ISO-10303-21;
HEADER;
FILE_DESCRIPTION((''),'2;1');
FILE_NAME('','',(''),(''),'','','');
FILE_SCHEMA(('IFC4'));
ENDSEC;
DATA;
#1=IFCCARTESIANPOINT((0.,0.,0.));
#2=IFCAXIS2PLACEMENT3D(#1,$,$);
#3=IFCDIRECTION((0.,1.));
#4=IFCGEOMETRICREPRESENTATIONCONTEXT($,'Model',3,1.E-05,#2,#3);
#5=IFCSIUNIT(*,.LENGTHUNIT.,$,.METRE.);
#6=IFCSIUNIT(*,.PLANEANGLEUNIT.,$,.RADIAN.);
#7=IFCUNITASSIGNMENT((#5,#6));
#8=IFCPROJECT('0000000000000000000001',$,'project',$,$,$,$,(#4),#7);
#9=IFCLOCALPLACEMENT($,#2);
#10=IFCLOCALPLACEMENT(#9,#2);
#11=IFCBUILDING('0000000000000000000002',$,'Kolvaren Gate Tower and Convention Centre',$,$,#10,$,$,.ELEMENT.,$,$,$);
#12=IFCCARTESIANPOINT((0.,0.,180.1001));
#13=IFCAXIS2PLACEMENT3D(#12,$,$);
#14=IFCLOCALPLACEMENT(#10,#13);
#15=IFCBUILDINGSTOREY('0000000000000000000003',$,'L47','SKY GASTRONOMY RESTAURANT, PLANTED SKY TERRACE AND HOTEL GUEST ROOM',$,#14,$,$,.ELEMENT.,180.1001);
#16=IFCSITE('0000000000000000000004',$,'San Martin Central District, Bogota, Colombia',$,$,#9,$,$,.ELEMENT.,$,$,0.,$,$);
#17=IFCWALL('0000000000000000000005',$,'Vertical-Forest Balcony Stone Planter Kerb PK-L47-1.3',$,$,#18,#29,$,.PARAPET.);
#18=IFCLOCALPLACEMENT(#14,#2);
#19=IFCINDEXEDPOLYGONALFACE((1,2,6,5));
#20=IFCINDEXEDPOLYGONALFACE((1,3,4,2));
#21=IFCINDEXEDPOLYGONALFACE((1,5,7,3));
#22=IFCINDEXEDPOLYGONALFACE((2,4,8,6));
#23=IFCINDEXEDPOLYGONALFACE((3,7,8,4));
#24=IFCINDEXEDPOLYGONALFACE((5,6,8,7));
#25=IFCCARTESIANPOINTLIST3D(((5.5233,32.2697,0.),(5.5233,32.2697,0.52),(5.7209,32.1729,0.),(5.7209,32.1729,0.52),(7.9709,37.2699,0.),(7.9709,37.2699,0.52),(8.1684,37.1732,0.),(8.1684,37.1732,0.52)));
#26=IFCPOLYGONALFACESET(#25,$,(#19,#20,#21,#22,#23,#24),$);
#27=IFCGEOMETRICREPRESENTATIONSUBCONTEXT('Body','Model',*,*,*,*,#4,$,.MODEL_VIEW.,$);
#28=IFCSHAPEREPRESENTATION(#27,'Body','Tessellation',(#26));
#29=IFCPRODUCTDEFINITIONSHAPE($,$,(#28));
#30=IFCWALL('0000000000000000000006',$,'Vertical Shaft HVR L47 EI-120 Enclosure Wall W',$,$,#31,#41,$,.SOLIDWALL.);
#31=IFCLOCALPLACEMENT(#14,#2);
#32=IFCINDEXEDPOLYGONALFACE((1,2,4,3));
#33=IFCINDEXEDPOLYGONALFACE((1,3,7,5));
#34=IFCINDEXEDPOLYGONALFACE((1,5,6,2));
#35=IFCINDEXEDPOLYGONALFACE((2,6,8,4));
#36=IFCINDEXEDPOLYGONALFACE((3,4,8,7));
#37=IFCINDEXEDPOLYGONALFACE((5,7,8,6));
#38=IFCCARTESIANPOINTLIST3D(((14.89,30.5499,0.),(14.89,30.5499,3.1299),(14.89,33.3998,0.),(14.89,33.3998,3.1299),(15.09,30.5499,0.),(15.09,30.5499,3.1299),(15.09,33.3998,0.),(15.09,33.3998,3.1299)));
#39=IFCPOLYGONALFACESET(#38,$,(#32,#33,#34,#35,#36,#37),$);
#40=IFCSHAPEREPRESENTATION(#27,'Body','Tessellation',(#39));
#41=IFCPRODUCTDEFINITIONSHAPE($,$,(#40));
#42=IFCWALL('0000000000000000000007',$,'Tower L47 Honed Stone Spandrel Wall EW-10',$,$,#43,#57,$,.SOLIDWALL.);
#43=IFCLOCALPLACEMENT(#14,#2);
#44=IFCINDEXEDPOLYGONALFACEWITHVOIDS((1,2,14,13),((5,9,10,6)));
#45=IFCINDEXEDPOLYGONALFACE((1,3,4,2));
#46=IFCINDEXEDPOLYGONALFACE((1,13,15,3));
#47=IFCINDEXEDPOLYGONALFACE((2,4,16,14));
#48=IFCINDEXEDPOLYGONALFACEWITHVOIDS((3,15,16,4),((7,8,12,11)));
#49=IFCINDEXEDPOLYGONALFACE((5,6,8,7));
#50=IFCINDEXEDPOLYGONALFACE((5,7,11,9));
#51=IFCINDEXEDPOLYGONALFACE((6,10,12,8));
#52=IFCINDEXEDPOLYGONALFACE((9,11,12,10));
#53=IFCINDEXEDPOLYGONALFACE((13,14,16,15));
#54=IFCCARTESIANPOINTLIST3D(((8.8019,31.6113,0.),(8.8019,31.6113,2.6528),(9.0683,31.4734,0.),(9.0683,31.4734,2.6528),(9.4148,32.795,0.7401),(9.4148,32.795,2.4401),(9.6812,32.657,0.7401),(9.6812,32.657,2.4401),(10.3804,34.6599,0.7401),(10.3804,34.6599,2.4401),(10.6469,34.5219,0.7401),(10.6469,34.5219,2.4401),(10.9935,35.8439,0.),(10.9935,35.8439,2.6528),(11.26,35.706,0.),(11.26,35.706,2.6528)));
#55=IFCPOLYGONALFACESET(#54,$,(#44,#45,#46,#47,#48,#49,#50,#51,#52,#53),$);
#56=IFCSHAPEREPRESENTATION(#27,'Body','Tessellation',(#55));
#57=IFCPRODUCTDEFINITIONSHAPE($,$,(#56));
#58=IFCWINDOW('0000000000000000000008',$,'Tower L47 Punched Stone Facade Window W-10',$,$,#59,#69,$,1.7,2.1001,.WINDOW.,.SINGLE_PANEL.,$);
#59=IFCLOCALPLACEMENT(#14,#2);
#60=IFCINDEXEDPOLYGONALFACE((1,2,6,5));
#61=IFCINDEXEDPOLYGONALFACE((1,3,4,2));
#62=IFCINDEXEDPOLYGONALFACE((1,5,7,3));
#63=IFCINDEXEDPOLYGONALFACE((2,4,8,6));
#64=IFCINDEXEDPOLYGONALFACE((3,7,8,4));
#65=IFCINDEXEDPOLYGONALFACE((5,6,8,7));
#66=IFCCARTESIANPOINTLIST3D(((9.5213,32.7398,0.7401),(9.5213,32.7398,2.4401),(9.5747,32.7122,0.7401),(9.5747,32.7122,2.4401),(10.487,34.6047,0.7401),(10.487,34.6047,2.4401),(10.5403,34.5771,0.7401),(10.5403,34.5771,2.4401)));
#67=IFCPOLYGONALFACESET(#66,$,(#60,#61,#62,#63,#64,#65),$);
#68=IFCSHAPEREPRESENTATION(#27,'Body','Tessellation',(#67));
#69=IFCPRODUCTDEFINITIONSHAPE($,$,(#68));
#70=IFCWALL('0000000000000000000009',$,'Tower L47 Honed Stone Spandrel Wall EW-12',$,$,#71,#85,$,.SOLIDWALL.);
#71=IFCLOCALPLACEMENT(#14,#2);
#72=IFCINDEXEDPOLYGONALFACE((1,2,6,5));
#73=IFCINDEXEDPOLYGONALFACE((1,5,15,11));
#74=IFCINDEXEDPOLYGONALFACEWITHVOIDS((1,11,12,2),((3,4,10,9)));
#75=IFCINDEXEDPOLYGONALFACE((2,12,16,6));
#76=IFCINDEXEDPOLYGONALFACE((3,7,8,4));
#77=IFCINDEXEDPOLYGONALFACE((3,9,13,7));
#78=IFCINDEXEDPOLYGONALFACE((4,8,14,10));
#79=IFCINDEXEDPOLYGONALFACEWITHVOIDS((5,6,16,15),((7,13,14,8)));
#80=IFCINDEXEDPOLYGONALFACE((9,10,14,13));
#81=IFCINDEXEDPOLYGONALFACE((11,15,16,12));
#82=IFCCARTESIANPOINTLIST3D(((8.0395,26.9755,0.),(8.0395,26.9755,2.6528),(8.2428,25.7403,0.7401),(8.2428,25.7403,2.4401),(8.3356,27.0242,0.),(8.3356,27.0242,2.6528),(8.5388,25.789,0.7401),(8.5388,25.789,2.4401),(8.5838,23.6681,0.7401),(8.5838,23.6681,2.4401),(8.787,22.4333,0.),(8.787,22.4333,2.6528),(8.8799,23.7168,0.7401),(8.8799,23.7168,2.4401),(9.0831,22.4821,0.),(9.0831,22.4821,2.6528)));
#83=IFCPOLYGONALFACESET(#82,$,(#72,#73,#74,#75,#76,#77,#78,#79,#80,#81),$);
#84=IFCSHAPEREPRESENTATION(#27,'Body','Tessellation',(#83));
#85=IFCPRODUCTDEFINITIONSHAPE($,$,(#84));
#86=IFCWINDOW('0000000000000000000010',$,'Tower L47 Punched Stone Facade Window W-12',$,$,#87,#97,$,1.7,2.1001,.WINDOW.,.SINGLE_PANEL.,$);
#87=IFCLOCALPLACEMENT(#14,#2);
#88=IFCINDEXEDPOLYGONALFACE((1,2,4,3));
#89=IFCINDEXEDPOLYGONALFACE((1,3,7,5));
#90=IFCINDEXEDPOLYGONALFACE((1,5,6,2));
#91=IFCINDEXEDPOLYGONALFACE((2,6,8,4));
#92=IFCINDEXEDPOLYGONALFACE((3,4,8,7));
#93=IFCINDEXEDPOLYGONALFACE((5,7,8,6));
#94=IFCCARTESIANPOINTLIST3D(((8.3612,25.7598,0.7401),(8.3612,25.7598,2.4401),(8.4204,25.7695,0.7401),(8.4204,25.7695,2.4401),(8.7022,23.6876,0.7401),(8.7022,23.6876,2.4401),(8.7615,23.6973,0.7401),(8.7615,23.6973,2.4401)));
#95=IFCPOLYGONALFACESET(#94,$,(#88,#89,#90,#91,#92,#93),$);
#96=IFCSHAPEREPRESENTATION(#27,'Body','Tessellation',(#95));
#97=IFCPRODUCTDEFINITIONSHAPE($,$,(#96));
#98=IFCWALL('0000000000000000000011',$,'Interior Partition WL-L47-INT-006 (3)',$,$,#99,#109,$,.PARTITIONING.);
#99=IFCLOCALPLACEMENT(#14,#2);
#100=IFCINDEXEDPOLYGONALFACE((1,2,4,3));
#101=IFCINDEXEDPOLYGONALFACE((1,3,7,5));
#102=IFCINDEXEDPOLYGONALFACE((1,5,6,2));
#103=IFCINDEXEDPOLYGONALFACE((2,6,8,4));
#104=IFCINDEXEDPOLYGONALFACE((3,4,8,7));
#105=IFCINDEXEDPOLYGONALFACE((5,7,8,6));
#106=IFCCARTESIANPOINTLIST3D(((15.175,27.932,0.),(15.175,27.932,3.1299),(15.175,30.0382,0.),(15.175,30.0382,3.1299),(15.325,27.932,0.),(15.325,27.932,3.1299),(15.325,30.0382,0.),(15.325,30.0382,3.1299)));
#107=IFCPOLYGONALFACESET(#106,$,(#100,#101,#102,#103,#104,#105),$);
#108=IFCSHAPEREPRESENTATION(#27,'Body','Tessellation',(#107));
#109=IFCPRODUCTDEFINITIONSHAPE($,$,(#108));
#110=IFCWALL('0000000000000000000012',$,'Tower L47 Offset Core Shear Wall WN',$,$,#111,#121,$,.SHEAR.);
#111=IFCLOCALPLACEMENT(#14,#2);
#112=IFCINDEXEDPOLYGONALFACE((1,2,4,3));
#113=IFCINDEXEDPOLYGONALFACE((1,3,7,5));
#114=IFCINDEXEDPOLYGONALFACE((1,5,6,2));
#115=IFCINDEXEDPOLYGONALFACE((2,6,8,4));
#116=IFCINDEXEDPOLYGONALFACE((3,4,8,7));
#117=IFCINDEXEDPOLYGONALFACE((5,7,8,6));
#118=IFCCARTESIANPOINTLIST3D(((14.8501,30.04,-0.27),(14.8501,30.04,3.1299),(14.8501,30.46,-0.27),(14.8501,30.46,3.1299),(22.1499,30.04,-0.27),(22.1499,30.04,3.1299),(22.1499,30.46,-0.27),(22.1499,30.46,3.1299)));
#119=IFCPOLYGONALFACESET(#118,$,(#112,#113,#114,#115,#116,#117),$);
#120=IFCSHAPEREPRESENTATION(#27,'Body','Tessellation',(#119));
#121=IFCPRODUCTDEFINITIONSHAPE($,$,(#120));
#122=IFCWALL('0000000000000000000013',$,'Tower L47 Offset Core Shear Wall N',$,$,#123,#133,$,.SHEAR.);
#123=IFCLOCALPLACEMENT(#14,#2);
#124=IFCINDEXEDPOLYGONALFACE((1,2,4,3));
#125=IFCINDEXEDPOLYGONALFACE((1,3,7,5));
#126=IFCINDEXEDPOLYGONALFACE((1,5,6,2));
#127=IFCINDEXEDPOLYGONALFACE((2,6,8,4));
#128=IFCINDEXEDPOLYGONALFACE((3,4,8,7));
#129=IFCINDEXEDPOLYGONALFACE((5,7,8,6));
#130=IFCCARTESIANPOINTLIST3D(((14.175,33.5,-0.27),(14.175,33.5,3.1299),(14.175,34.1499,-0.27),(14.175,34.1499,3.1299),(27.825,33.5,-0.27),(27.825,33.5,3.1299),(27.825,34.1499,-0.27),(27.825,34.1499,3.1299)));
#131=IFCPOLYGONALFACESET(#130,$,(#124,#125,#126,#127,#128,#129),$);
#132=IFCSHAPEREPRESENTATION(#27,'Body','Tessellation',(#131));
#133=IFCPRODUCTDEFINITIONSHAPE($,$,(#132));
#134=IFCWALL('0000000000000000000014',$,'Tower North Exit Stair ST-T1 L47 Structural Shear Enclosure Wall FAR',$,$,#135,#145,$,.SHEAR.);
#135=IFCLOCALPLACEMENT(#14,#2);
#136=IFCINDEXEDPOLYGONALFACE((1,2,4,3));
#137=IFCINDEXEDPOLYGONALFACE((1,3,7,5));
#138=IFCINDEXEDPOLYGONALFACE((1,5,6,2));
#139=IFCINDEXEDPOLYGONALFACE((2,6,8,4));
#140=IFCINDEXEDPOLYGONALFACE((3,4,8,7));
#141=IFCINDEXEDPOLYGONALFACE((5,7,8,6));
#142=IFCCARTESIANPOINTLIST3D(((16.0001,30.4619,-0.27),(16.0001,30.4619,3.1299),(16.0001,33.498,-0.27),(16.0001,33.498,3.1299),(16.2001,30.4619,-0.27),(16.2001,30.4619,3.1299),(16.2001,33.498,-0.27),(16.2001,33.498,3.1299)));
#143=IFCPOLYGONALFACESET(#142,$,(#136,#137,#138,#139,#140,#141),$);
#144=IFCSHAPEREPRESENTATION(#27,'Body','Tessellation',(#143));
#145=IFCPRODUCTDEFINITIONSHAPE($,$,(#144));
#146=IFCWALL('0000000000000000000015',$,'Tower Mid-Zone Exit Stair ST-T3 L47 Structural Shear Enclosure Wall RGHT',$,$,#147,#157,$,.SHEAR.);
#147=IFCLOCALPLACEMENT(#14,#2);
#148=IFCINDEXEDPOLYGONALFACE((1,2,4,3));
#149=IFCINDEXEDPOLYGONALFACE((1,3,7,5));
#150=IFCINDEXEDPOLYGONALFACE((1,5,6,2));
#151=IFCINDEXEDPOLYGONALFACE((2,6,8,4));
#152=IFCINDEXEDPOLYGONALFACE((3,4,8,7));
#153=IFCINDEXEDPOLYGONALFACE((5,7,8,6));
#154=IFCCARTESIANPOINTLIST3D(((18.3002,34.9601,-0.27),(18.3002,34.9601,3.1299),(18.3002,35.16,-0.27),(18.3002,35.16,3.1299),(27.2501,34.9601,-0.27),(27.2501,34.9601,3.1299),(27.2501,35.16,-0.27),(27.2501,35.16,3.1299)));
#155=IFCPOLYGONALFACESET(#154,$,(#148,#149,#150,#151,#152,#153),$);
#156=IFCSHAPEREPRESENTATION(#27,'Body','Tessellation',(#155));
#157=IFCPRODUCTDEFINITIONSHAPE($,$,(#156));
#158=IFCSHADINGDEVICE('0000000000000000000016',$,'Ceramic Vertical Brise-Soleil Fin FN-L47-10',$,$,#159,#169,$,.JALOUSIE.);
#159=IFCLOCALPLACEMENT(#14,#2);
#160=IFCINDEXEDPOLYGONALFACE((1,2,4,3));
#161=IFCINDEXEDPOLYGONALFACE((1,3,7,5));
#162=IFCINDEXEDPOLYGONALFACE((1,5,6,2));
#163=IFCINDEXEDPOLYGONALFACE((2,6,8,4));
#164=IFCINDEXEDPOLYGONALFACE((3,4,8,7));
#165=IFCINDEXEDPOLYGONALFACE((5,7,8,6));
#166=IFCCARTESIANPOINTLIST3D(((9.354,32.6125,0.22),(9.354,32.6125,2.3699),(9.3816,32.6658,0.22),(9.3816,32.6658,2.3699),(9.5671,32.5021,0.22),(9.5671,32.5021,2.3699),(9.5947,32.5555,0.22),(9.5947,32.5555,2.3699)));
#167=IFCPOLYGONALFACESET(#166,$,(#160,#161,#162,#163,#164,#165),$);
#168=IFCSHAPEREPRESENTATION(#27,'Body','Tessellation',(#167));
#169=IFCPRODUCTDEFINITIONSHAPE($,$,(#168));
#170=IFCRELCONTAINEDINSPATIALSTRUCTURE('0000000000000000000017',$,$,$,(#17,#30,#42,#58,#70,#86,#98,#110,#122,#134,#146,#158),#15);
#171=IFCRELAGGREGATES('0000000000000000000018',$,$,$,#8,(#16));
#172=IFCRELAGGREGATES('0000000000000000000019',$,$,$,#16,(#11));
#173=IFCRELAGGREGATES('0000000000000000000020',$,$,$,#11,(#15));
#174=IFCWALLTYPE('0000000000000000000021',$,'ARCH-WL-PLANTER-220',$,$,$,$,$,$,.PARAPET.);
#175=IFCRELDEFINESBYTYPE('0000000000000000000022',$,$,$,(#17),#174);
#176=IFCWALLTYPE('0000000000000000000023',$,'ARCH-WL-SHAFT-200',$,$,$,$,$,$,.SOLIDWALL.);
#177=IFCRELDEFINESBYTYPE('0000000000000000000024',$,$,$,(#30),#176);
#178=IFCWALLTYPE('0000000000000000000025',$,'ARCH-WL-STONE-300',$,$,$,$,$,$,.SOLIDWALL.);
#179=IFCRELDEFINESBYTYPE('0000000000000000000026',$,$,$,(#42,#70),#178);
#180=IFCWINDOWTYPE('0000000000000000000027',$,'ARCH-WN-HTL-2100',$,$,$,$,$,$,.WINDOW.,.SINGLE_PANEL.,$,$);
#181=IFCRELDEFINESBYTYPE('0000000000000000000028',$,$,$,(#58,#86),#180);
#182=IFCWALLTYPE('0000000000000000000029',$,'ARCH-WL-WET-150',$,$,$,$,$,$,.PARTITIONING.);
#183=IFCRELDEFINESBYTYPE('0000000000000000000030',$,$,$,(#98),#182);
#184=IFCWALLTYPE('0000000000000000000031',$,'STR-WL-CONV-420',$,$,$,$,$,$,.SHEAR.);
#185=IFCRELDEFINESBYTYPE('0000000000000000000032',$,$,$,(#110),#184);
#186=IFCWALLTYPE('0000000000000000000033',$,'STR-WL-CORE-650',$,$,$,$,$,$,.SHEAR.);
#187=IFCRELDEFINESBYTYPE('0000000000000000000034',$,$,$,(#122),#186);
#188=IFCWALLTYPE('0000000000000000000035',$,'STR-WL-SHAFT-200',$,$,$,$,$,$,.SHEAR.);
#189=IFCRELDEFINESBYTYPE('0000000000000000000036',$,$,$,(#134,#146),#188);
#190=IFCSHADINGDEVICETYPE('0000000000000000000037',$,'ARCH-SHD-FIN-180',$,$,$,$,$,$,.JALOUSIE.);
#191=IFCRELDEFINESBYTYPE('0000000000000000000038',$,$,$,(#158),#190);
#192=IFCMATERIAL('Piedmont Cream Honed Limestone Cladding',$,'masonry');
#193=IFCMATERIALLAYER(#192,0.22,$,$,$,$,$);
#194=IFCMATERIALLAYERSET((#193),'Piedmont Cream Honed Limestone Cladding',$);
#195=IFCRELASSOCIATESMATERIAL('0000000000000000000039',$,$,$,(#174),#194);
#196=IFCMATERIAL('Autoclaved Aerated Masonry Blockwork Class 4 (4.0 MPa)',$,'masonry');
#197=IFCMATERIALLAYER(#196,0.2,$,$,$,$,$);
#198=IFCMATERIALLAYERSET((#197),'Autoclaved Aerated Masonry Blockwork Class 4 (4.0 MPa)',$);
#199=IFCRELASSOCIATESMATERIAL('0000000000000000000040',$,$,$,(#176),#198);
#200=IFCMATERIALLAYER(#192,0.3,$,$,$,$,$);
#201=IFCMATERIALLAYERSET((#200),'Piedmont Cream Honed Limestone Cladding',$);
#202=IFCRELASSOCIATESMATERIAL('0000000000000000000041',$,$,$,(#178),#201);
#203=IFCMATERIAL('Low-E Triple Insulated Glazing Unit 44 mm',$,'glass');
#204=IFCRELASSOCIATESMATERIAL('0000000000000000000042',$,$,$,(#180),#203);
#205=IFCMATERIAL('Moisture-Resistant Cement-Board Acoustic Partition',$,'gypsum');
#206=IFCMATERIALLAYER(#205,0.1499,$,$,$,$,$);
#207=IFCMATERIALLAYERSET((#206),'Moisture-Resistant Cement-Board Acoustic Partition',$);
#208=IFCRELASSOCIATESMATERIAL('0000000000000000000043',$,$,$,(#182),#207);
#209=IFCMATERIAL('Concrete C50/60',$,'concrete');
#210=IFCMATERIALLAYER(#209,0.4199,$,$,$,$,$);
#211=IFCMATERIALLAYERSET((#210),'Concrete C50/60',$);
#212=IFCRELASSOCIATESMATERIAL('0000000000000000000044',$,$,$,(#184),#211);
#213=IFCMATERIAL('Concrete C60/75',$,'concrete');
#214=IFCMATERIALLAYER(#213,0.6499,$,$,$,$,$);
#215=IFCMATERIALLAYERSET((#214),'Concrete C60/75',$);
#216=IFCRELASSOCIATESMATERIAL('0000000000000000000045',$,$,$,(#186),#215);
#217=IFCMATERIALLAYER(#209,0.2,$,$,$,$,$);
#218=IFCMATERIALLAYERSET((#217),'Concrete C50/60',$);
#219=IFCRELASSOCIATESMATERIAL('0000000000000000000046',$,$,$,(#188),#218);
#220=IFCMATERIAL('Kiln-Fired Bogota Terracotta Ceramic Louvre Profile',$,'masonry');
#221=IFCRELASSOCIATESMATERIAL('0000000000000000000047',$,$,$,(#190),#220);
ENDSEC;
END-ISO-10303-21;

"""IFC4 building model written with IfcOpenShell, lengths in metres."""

from ifc_helpers import new_model, si_unit, direction, frame, frame_2d, origin, origin_2d, place, context, subcontext, project, spatial, rectangle, extrude, material, layer, layer_set, type_object, element, fill, save


model = new_model("IFC4")

# Units and contexts
model_context = context("Model", 3, precision=1e-05, world=origin(), true_north=direction((0.0, 1.0)))
body_context = subcontext(model_context, "Body", "Model", "MODEL_VIEW")
ifc_project = project(units=[si_unit("LENGTHUNIT", "METRE"), si_unit("PLANEANGLEUNIT", "RADIAN")], contexts=[model_context])

# Site, building, storey
site_placement = place(None, origin())
site = spatial("IfcSite", under=ifc_project, at=site_placement, Name="San Martin Central District, Bogota, Colombia", CompositionType="ELEMENT", RefElevation=0.0)
building_placement = place(site_placement, origin())
building = spatial("IfcBuilding", under=site, at=building_placement, Name="Kolvaren Gate Tower and Convention Centre", CompositionType="ELEMENT")
storey_placement = place(building_placement, frame((0.0, 0.0, 180.1001)))
storey = spatial("IfcBuildingStorey", under=building, at=storey_placement, Name="L47", Description="SKY GASTRONOMY RESTAURANT, PLANTED SKY TERRACE AND HOTEL GUEST ROOM", CompositionType="ELEMENT", Elevation=180.1001)

# Shared definitions
ifc_material_1 = material(Name="Concrete C60/75", Category="concrete")

# Shared definitions
ifc_material_2 = material(Name="Autoclaved Aerated Masonry Blockwork Class 4 (4.0 MPa)", Category="masonry")

# Walls
ifc_material_3 = material(Name="Piedmont Cream Honed Limestone Cladding", Category="masonry")
ifc_layer_1 = layer(ifc_material_3, 0.22)
ifc_layer_set_1 = layer_set([ifc_layer_1], Name="Piedmont Cream Honed Limestone Cladding")
wall_type_1 = type_object("IfcWallType", Name="ARCH-WL-PLANTER-220", PredefinedType="PARAPET", material=ifc_layer_set_1)
wall_1_placement = place(storey_placement, frame((5.6221, 32.2212, 0.0), z_axis=(0.0, 0.0, 1.0), x_axis=(0.439637, 0.898175, 0.0)))
element("IfcWall", 1, at=wall_1_placement, inside=storey, type_object=wall_type_1, Name="Vertical-Forest Balcony Stone Planter Kerb PK-L47-1.3", PredefinedType="PARAPET", context=body_context, shape_type="SweptSolid", body=[
    extrude(rectangle(XDim=5.5671, YDim=0.22, at=frame_2d((2.7837, 0.0))), origin(), (0.0, 0.0, 1.0), 0.52),
])
ifc_layer_2 = layer(ifc_material_2, 0.2)
ifc_layer_set_2 = layer_set([ifc_layer_2], Name="Autoclaved Aerated Masonry Blockwork Class 4 (4.0 MPa)")
wall_type_2 = type_object("IfcWallType", Name="ARCH-WL-SHAFT-200", PredefinedType="SOLIDWALL", material=ifc_layer_set_2)
wall_2_placement = place(storey_placement, frame((14.99, 30.55, 0.0), z_axis=(0.0, 0.0, 1.0), x_axis=(0.0, 1.0, 0.0)))
element("IfcWall", 2, at=wall_2_placement, inside=storey, type_object=wall_type_2, Name="Vertical Shaft HVR L47 EI-120 Enclosure Wall W", PredefinedType="SOLIDWALL", context=body_context, shape_type="SweptSolid", body=[
    extrude(rectangle(XDim=2.8499, YDim=0.2, at=frame_2d((1.4248, 0.0))), origin(), (0.0, 0.0, 1.0), 3.1299),
])

# Walls, openings, windows
ifc_layer_3 = layer(ifc_material_3, 0.3)
ifc_layer_set_3 = layer_set([ifc_layer_3], Name="Piedmont Cream Honed Limestone Cladding")
wall_type_3 = type_object("IfcWallType", Name="ARCH-WL-STONE-300", PredefinedType="SOLIDWALL", material=ifc_layer_set_3)
wall_3_placement = place(storey_placement, frame((8.9351, 31.5422, 0.0), z_axis=(0.0, 0.0, 1.0), x_axis=(0.45981, 0.888017, 0.0)))
wall_3 = element("IfcWall", 3, at=wall_3_placement, inside=storey, type_object=wall_type_3, Name="Tower L47 Honed Stone Spandrel Wall EW-10", PredefinedType="SOLIDWALL", context=body_context, shape_type="SweptSolid", body=[
    extrude(rectangle(XDim=4.7664, YDim=0.3, at=frame_2d((2.3833, 0.0))), origin(), (0.0, 0.0, 1.0), 2.6528),
])
opening_1_placement = place(wall_3_placement, frame((1.333, 0.0, 0.74)))
opening_1 = element("IfcOpeningElement", 4, at=opening_1_placement, cuts=wall_3, PredefinedType="OPENING", context=body_context, shape_type="SweptSolid", body=[
    extrude(rectangle(XDim=2.1001, YDim=1.7, at=frame_2d((1.05, 0.8501))), frame((0.0, 0.1599, 0.0), z_axis=(0.0, -1.0, 0.0), x_axis=(1.0, 0.0, 0.0)), (0.0, 0.0, 1.0), 0.3201),
])
ifc_material_4 = material(Name="Low-E Triple Insulated Glazing Unit 44 mm", Category="glass")
window_type = type_object("IfcWindowType", Name="ARCH-WN-HTL-2100", PartitioningType="SINGLE_PANEL", PredefinedType="WINDOW", material=ifc_material_4)
window_1_placement = place(opening_1_placement, origin())
window_1 = element("IfcWindow", 5, at=window_1_placement, inside=storey, type_object=window_type, Name="Tower L47 Punched Stone Facade Window W-10", OverallHeight=1.7, OverallWidth=2.1001, PartitioningType="SINGLE_PANEL", PredefinedType="WINDOW", context=body_context, shape_type="SweptSolid", body=[
    extrude(rectangle(XDim=2.1001, YDim=1.7, at=frame_2d((1.05, 0.8501))), frame((0.0, 0.03, 0.0), z_axis=(0.0, -1.0, 0.0), x_axis=(1.0, 0.0, 0.0)), (0.0, 0.0, 1.0), 0.0601),
])
fill(opening_1, window_1)
wall_4_placement = place(storey_placement, frame((8.1875, 27.0, 0.0), z_axis=(0.0, 0.0, 1.0), x_axis=(0.162395, -0.986726, 0.0)))
wall_4 = element("IfcWall", 6, at=wall_4_placement, inside=storey, type_object=wall_type_3, Name="Tower L47 Honed Stone Spandrel Wall EW-12", PredefinedType="SOLIDWALL", context=body_context, shape_type="SweptSolid", body=[
    extrude(rectangle(XDim=4.6033, YDim=0.3, at=frame_2d((2.3018, 0.0))), origin(), (0.0, 0.0, 1.0), 2.6528),
])
opening_2_placement = place(wall_4_placement, frame((1.252, 0.0, 0.74)))
opening_2 = element("IfcOpeningElement", 7, at=opening_2_placement, cuts=wall_4, PredefinedType="OPENING", context=body_context, shape_type="SweptSolid", body=[
    extrude(rectangle(XDim=2.1001, YDim=1.7, at=frame_2d((1.05, 0.8501))), frame((0.0, 0.1599, 0.0), z_axis=(0.0, -1.0, 0.0), x_axis=(1.0, 0.0, 0.0)), (0.0, 0.0, 1.0), 0.3201),
])
window_2_placement = place(opening_2_placement, origin())
window_2 = element("IfcWindow", 8, at=window_2_placement, inside=storey, type_object=window_type, Name="Tower L47 Punched Stone Facade Window W-12", OverallHeight=1.7, OverallWidth=2.1001, PartitioningType="SINGLE_PANEL", PredefinedType="WINDOW", context=body_context, shape_type="SweptSolid", body=[
    extrude(rectangle(XDim=2.1001, YDim=1.7, at=frame_2d((1.05, 0.8501))), frame((0.0, 0.03, 0.0), z_axis=(0.0, -1.0, 0.0), x_axis=(1.0, 0.0, 0.0)), (0.0, 0.0, 1.0), 0.0601),
])
fill(opening_2, window_2)

# Walls
ifc_material_5 = material(Name="Moisture-Resistant Cement-Board Acoustic Partition", Category="gypsum")
ifc_layer_4 = layer(ifc_material_5, 0.1499)
ifc_layer_set_4 = layer_set([ifc_layer_4], Name="Moisture-Resistant Cement-Board Acoustic Partition")
wall_type_4 = type_object("IfcWallType", Name="ARCH-WL-WET-150", PredefinedType="PARTITIONING", material=ifc_layer_set_4)
wall_5_placement = place(storey_placement, frame((15.25, 27.9319, 0.0), z_axis=(0.0, 0.0, 1.0), x_axis=(0.0, 1.0, 0.0)))
element("IfcWall", 9, at=wall_5_placement, inside=storey, type_object=wall_type_4, Name="Interior Partition WL-L47-INT-006 (3)", PredefinedType="PARTITIONING", context=body_context, shape_type="SweptSolid", body=[
    extrude(rectangle(XDim=2.1062, YDim=0.1499, at=frame_2d((1.0532, 0.0))), origin(), (0.0, 0.0, 1.0), 3.1299),
])
ifc_material_6 = material(Name="Concrete C50/60", Category="concrete")
ifc_layer_5 = layer(ifc_material_6, 0.4199)
ifc_layer_set_5 = layer_set([ifc_layer_5], Name="Concrete C50/60")
wall_type_5 = type_object("IfcWallType", Name="STR-WL-CONV-420", PredefinedType="SHEAR", material=ifc_layer_set_5)
wall_6_placement = place(storey_placement, frame((14.8501, 30.25, -0.27), z_axis=(0.0, 0.0, 1.0), x_axis=(1.0, 0.0, 0.0)))
element("IfcWall", 10, at=wall_6_placement, inside=storey, type_object=wall_type_5, Name="Tower L47 Offset Core Shear Wall WN", PredefinedType="SHEAR", context=body_context, shape_type="SweptSolid", body=[
    extrude(rectangle(XDim=7.2998, YDim=0.4199, at=frame_2d((3.6499, 0.0))), origin(), (0.0, 0.0, 1.0), 3.3999),
])
ifc_layer_6 = layer(ifc_material_1, 0.6499)
ifc_layer_set_6 = layer_set([ifc_layer_6], Name="Concrete C60/75")
wall_type_6 = type_object("IfcWallType", Name="STR-WL-CORE-650", PredefinedType="SHEAR", material=ifc_layer_set_6)
wall_7_placement = place(storey_placement, frame((14.175, 33.825, -0.27), z_axis=(0.0, 0.0, 1.0), x_axis=(1.0, 0.0, 0.0)))
element("IfcWall", 11, at=wall_7_placement, inside=storey, type_object=wall_type_6, Name="Tower L47 Offset Core Shear Wall N", PredefinedType="SHEAR", context=body_context, shape_type="SweptSolid", body=[
    extrude(rectangle(XDim=13.6499, YDim=0.6499, at=frame_2d((6.825, 0.0))), origin(), (0.0, 0.0, 1.0), 3.3999),
])
ifc_layer_7 = layer(ifc_material_6, 0.2)
ifc_layer_set_7 = layer_set([ifc_layer_7], Name="Concrete C50/60")
wall_type_7 = type_object("IfcWallType", Name="STR-WL-SHAFT-200", PredefinedType="SHEAR", material=ifc_layer_set_7)
wall_8_placement = place(storey_placement, frame((16.1001, 30.4619, -0.27), z_axis=(0.0, 0.0, 1.0), x_axis=(0.0, 1.0, 0.0)))
element("IfcWall", 12, at=wall_8_placement, inside=storey, type_object=wall_type_7, Name="Tower North Exit Stair ST-T1 L47 Structural Shear Enclosure Wall FAR", PredefinedType="SHEAR", context=body_context, shape_type="SweptSolid", body=[
    extrude(rectangle(XDim=3.0361, YDim=0.2, at=frame_2d((1.5181, 0.0))), origin(), (0.0, 0.0, 1.0), 3.3999),
])
wall_9_placement = place(storey_placement, frame((18.3, 35.0601, -0.27), z_axis=(0.0, 0.0, 1.0), x_axis=(1.0, 0.0, 0.0)))
element("IfcWall", 13, at=wall_9_placement, inside=storey, type_object=wall_type_7, Name="Tower Mid-Zone Exit Stair ST-T3 L47 Structural Shear Enclosure Wall RGHT", PredefinedType="SHEAR", context=body_context, shape_type="SweptSolid", body=[
    extrude(rectangle(XDim=8.95, YDim=0.2, at=frame_2d((4.4751, 0.0))), origin(), (0.0, 0.0, 1.0), 3.3999),
])

# Shading device
ifc_material_7 = material(Name="Kiln-Fired Bogota Terracotta Ceramic Louvre Profile", Category="masonry")
shading_device_type = type_object("IfcShadingDeviceType", Name="ARCH-SHD-FIN-180", PredefinedType="JALOUSIE", material=ifc_material_7)
shading_device_placement = place(storey_placement, frame((9.4744, 32.584, 0.22), z_axis=(0.0, 0.0, 1.0), x_axis=(0.459798, 0.888023, 0.0)))
element("IfcShadingDevice", 14, at=shading_device_placement, inside=storey, type_object=shading_device_type, Name="Ceramic Vertical Brise-Soleil Fin FN-L47-10", PredefinedType="JALOUSIE", context=body_context, shape_type="SweptSolid", body=[
    extrude(rectangle(XDim=0.0601, YDim=0.24, at=origin_2d()), origin(), (0.0, 0.0, 1.0), 2.1499),
])

save(model, "model.ifc")
